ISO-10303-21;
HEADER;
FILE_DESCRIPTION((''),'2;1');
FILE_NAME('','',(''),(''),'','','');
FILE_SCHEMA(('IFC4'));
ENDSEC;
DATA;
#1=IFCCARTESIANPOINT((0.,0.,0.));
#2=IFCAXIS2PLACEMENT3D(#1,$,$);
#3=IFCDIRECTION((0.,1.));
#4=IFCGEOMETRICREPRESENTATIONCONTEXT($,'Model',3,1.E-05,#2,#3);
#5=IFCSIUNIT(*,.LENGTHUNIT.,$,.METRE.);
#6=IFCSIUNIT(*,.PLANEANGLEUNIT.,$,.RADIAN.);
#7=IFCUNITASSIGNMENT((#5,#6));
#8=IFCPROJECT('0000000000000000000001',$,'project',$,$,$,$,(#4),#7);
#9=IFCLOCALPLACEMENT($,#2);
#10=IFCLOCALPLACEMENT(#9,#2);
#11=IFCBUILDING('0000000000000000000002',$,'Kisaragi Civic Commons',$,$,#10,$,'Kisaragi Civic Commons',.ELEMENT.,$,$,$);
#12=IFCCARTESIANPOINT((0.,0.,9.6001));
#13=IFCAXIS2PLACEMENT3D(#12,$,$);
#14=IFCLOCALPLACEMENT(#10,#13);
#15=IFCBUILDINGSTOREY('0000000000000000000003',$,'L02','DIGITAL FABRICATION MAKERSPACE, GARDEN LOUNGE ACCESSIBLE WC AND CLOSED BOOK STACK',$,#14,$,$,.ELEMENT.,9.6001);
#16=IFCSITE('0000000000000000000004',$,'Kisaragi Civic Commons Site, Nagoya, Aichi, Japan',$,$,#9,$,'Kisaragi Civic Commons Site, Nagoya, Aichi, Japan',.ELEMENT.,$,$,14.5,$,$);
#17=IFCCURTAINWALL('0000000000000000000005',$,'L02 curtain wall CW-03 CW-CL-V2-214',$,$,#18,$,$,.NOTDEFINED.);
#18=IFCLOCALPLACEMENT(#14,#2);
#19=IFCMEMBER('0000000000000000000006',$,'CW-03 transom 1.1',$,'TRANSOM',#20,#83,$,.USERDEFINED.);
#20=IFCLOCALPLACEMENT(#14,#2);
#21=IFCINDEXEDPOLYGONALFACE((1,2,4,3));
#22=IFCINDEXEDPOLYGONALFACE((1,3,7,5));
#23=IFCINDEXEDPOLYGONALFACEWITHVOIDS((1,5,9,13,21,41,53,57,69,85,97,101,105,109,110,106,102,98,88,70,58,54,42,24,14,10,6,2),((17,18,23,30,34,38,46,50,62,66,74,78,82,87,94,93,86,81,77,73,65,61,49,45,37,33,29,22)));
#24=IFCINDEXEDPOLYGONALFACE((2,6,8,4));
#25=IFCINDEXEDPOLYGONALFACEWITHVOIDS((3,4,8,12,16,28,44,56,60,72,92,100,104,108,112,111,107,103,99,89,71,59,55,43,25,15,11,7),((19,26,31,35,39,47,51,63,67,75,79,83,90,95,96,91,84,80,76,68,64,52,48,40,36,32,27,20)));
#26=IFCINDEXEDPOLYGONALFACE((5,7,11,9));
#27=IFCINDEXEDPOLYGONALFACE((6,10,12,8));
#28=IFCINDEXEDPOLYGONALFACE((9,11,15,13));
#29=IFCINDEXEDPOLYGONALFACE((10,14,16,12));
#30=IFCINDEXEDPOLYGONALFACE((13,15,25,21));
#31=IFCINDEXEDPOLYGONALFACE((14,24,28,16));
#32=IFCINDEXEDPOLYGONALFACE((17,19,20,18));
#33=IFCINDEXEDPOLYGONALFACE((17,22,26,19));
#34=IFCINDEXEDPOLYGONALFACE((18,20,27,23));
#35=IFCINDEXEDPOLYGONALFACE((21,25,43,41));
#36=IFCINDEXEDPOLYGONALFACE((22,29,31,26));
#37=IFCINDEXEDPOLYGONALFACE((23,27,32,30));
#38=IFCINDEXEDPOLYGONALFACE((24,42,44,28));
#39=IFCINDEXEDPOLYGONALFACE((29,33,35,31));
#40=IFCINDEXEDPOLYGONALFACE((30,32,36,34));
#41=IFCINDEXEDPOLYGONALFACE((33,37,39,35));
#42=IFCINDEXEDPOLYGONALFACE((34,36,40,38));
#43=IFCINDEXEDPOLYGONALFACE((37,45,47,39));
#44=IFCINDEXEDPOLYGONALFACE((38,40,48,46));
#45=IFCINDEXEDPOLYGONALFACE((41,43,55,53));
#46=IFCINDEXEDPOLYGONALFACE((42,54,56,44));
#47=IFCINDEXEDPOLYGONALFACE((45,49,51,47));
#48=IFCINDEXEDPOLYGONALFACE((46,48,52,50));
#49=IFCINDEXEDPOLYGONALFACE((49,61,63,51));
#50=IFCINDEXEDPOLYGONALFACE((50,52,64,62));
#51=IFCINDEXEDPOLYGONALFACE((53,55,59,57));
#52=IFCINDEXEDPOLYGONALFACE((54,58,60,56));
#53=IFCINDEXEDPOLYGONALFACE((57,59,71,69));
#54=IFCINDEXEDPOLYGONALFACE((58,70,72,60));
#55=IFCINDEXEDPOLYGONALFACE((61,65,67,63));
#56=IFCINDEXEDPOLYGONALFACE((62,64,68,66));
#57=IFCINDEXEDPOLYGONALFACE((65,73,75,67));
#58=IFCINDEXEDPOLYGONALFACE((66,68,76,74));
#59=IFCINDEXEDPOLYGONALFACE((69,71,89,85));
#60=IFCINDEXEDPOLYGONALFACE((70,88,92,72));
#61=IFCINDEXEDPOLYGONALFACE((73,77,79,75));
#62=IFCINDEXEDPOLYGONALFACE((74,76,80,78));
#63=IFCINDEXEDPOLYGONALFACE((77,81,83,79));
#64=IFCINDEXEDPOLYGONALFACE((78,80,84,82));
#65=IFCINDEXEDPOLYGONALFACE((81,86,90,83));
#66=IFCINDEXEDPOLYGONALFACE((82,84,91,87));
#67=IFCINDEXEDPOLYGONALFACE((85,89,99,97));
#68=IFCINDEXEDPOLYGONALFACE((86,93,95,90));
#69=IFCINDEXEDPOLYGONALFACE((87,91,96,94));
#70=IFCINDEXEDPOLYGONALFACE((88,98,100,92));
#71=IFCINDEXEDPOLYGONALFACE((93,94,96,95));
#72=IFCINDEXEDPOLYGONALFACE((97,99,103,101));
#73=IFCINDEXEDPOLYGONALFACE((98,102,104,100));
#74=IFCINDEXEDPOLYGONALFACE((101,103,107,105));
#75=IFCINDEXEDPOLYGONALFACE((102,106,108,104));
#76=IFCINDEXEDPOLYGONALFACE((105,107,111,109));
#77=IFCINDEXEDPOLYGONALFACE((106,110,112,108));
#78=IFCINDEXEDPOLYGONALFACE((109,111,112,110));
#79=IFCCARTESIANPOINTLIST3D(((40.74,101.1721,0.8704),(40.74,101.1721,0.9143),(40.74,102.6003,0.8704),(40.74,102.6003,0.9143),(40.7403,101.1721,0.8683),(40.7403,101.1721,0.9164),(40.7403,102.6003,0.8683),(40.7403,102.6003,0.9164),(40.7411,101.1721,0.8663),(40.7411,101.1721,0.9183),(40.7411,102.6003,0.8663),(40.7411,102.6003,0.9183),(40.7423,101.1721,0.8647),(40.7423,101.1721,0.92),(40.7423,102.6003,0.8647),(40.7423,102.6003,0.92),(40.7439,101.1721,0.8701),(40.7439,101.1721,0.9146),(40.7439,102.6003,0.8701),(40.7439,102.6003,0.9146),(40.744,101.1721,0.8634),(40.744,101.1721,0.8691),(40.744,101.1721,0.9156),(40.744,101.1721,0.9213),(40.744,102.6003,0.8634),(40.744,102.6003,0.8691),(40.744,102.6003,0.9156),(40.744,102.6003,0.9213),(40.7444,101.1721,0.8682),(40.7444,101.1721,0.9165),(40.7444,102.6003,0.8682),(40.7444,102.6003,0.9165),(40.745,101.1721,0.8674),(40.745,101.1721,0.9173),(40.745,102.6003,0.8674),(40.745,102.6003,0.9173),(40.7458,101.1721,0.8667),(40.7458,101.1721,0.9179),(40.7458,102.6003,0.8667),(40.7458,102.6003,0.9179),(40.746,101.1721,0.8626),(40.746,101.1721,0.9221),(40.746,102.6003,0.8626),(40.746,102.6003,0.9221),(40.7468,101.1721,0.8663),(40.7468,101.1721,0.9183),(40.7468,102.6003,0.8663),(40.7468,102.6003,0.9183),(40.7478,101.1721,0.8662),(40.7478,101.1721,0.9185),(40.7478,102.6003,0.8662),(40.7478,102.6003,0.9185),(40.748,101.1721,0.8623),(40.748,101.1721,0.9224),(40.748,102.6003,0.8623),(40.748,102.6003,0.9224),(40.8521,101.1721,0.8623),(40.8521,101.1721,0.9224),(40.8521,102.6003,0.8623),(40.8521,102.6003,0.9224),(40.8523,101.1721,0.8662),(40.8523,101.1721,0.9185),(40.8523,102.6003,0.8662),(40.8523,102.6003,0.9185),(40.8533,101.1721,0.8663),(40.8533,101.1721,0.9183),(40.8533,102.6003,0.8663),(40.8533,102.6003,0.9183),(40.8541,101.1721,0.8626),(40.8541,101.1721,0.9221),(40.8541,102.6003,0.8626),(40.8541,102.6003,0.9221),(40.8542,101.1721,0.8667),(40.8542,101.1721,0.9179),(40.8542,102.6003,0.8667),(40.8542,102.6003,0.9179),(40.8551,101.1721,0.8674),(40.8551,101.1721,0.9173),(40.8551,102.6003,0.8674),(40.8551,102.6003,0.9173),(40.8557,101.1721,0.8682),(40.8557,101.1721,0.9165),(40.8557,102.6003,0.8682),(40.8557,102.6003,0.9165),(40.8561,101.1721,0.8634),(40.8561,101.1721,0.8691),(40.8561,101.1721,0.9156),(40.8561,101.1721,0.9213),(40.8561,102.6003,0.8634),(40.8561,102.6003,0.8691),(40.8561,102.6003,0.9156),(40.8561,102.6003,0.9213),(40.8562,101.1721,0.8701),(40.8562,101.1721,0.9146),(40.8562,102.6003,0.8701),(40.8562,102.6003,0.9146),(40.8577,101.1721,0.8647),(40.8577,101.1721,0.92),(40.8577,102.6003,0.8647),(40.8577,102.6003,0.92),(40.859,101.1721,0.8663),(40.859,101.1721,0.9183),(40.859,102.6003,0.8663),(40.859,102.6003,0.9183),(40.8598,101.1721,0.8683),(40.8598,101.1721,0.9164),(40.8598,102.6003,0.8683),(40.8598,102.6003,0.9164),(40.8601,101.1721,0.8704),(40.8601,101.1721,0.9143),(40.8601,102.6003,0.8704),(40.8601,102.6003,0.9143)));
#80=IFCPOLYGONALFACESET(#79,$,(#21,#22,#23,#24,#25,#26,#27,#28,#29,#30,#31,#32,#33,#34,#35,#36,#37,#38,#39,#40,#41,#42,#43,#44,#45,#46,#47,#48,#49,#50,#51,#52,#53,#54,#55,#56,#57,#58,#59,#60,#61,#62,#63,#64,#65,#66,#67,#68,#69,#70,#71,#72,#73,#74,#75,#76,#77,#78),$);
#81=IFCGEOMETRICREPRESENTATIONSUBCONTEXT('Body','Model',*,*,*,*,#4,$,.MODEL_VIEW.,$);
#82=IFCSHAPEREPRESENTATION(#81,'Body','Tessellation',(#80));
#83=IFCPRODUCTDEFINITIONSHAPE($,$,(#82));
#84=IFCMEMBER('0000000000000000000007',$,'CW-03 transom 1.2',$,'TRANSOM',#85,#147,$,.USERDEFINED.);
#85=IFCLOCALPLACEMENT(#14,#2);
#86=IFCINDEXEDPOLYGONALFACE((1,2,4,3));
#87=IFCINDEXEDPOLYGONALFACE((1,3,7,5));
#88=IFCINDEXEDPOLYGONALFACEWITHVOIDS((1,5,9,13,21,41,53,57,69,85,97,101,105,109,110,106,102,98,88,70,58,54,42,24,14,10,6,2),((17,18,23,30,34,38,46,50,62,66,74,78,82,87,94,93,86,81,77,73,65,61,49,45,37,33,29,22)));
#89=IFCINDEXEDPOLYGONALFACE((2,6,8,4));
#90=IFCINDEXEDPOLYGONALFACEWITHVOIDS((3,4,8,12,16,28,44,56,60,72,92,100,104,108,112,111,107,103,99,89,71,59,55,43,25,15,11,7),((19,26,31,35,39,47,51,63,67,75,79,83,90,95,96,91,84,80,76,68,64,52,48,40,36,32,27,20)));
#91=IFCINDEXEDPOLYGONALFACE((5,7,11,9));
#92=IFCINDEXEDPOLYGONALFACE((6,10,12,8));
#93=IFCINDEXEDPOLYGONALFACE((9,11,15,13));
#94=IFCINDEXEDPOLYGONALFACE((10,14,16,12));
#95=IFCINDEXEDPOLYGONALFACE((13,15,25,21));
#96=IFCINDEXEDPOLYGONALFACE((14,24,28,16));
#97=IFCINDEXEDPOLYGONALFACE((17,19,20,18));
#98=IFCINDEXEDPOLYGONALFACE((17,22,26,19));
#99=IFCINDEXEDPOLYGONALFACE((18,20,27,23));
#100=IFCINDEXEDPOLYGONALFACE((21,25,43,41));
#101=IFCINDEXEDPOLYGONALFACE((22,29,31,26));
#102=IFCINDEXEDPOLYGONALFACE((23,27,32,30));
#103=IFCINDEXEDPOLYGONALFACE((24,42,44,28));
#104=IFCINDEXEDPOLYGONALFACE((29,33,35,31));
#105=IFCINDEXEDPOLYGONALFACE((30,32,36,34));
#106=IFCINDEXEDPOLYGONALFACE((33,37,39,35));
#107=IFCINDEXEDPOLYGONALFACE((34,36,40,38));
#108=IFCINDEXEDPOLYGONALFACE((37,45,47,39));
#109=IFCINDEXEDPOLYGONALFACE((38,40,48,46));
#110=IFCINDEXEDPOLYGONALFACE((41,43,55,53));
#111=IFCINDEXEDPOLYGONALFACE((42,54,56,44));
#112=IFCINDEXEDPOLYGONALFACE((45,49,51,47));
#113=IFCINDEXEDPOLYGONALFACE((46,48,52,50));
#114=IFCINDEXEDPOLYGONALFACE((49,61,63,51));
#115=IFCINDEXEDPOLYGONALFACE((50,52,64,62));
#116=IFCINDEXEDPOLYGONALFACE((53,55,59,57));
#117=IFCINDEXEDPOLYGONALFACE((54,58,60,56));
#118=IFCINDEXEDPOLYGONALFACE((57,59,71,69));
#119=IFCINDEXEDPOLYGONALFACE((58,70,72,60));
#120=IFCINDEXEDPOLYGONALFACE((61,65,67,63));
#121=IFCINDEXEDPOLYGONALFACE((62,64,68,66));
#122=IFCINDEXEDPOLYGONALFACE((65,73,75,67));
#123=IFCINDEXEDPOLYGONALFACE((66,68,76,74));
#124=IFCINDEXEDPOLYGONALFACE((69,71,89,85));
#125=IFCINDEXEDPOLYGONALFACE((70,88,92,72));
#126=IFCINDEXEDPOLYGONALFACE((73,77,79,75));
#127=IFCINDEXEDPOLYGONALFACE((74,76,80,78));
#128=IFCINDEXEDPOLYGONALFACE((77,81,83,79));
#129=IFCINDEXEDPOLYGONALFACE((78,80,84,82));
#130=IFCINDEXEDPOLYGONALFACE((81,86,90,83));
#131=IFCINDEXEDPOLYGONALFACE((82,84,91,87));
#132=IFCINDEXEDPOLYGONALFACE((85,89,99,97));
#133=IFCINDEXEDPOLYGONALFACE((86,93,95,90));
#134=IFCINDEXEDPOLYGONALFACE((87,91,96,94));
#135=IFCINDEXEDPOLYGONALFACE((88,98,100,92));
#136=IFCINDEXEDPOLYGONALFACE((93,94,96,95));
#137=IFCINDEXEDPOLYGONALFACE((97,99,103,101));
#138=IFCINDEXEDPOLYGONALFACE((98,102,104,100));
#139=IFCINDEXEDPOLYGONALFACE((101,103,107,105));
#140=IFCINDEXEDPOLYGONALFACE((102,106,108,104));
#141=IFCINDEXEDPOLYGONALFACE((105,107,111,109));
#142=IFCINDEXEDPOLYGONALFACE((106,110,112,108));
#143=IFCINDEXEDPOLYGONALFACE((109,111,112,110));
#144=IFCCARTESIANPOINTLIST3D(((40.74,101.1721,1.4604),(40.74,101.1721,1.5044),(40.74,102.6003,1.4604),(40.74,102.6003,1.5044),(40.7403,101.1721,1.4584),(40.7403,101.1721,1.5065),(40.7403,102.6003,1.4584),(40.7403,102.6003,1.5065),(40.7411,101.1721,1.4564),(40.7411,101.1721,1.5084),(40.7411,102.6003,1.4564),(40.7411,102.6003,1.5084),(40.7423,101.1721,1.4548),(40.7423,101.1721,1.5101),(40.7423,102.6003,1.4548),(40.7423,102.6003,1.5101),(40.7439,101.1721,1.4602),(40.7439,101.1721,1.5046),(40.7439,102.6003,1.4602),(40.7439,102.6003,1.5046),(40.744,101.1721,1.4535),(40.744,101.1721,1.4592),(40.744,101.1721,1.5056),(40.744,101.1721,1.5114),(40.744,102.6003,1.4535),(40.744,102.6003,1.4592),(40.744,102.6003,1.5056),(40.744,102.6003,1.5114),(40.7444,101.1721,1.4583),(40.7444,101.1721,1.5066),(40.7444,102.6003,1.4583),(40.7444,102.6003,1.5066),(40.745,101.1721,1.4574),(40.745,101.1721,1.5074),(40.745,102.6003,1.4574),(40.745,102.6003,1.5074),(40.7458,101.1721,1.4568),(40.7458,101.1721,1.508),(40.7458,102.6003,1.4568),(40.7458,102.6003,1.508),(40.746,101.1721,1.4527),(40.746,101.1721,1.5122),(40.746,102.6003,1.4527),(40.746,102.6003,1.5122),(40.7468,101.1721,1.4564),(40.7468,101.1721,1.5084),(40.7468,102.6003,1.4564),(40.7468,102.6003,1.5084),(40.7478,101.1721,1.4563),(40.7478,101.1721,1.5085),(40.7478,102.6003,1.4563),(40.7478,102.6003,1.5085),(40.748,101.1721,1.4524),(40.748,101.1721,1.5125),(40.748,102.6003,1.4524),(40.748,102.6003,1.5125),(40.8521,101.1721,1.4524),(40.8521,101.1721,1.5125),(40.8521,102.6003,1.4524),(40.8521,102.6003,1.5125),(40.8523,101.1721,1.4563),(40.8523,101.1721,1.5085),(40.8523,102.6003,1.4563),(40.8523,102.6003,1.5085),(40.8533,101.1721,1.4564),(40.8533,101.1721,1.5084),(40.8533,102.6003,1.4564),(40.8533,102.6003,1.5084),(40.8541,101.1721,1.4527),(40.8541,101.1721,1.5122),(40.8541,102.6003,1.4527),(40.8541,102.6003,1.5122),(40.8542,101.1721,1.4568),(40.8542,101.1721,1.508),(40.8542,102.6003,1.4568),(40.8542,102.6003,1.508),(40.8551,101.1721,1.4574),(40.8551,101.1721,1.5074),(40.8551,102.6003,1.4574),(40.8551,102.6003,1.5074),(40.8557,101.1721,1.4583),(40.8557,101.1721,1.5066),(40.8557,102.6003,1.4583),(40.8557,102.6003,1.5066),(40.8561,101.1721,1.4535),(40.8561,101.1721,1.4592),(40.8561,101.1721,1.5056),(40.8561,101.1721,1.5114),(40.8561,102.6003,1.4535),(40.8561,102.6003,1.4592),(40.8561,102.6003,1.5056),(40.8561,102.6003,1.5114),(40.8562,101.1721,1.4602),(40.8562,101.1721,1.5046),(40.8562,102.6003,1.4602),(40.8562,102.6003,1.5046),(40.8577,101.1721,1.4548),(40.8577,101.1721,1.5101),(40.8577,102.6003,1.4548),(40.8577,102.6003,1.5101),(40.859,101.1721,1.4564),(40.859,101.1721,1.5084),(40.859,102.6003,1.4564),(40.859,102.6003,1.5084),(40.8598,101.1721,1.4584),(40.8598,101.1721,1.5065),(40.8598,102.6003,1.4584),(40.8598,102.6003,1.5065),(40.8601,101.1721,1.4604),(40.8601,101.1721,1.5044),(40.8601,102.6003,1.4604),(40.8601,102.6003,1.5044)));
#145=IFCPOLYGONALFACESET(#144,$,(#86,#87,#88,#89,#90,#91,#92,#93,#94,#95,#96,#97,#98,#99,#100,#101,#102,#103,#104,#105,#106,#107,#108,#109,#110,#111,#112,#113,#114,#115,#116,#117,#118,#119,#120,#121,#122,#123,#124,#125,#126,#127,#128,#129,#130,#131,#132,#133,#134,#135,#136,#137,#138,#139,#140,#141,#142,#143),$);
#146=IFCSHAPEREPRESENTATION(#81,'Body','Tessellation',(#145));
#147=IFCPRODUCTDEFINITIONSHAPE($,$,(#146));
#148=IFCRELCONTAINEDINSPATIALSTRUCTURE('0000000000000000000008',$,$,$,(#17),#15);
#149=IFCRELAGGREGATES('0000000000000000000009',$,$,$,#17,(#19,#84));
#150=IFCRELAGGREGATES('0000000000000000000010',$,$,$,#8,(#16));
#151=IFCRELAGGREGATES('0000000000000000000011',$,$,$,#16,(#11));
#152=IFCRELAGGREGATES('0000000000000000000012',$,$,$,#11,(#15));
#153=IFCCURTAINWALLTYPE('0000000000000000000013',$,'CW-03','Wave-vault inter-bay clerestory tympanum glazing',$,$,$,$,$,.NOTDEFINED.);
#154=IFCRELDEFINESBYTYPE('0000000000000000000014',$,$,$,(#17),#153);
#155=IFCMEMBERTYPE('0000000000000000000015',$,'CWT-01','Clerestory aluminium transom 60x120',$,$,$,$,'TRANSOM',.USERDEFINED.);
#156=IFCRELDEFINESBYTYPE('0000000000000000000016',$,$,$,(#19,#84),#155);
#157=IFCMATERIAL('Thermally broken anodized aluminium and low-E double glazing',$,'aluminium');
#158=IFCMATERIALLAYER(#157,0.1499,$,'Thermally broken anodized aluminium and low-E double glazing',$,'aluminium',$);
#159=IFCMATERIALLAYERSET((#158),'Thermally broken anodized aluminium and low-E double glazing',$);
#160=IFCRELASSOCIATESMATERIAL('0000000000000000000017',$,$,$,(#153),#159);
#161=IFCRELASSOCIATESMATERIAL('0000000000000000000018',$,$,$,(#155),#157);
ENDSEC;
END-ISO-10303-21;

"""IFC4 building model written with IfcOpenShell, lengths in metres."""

from ifc_helpers import new_model, si_unit, direction, frame, origin, origin_2d, place, context, subcontext, project, spatial, hollow_rectangle, extrude, material, layer, layer_set, material_profile, profile_set, type_object, element, aggregate, save


model = new_model("IFC4")

# Units and contexts
model_context = context("Model", 3, precision=1e-05, world=origin(), true_north=direction((0.0, 1.0)))
body_context = subcontext(model_context, "Body", "Model", "MODEL_VIEW")
ifc_project = project(units=[si_unit("LENGTHUNIT", "METRE"), si_unit("PLANEANGLEUNIT", "RADIAN")], contexts=[model_context])

# Site, building, storey
site_placement = place(None, origin())
site = spatial("IfcSite", under=ifc_project, at=site_placement, Name="Kisaragi Civic Commons Site, Nagoya, Aichi, Japan", LongName="Kisaragi Civic Commons Site, Nagoya, Aichi, Japan", CompositionType="ELEMENT", RefElevation=14.5)
building_placement = place(site_placement, origin())
building = spatial("IfcBuilding", under=site, at=building_placement, Name="Kisaragi Civic Commons", LongName="Kisaragi Civic Commons", CompositionType="ELEMENT")
storey_placement = place(building_placement, frame((0.0, 0.0, 9.6001)))
storey = spatial("IfcBuildingStorey", under=building, at=storey_placement, Name="L02", Description="DIGITAL FABRICATION MAKERSPACE, GARDEN LOUNGE ACCESSIBLE WC AND CLOSED BOOK STACK", CompositionType="ELEMENT", Elevation=9.6001)

# Curtain wall, members
ifc_material_1 = material(Name="Thermally broken anodized aluminium and low-E double glazing", Category="aluminium")
ifc_layer_1 = layer(ifc_material_1, 0.1499, Name="Thermally broken anodized aluminium and low-E double glazing", Category="aluminium")
ifc_layer_set_1 = layer_set([ifc_layer_1], Name="Thermally broken anodized aluminium and low-E double glazing")
curtain_wall_type = type_object("IfcCurtainWallType", Name="CW-03", Description="Wave-vault inter-bay clerestory tympanum glazing", PredefinedType="NOTDEFINED", material=ifc_layer_set_1)
curtain_wall_placement = place(storey_placement, origin())
curtain_wall = element("IfcCurtainWall", 1, at=curtain_wall_placement, inside=storey, type_object=curtain_wall_type, Name="L02 curtain wall CW-03 CW-CL-V2-214", PredefinedType="NOTDEFINED")
ifc_material_profile_1 = material_profile(ifc_material_1, hollow_rectangle(XDim=0.1201, YDim=0.0601, WallThickness=0.0039, InnerFilletRadius=0.0039, OuterFilletRadius=0.0081, at=origin_2d()), Name="CWT-60x120x4", Category="aluminium")
ifc_profile_set_1 = profile_set([ifc_material_profile_1], Name="Thermally broken anodized aluminium and low-E double glazing")
member_type_1 = type_object("IfcMemberType", Name="CWT-01", Description="Clerestory aluminium transom 60x120", ElementType="TRANSOM", PredefinedType="USERDEFINED", material=ifc_profile_set_1)
member_1_placement = place(storey_placement, frame((40.8, 101.1721, 0.8923), z_axis=(0.0, 1.0, 0.0), x_axis=(-1.0, 0.0, 0.0)))
member_1 = element("IfcMember", 2, at=member_1_placement, type_object=member_type_1, Name="CW-03 transom 1.1", ObjectType="TRANSOM", PredefinedType="USERDEFINED", context=body_context, shape_type="SweptSolid", body=[
    extrude(hollow_rectangle(XDim=0.1201, YDim=0.0601, WallThickness=0.0039, InnerFilletRadius=0.0039, OuterFilletRadius=0.0081, at=origin_2d()), origin(), (0.0, 0.0, 1.0), 1.4282),
])
member_2_placement = place(storey_placement, frame((40.8, 101.1721, 1.4824), z_axis=(0.0, 1.0, 0.0), x_axis=(-1.0, 0.0, 0.0)))
member_2 = element("IfcMember", 3, at=member_2_placement, type_object=member_type_1, Name="CW-03 transom 1.2", ObjectType="TRANSOM", PredefinedType="USERDEFINED", context=body_context, shape_type="SweptSolid", body=[
    extrude(hollow_rectangle(XDim=0.1201, YDim=0.0601, WallThickness=0.0039, InnerFilletRadius=0.0039, OuterFilletRadius=0.0081, at=origin_2d()), origin(), (0.0, 0.0, 1.0), 1.4282),
])

aggregate(curtain_wall, [member_1, member_2])

save(model, "model.ifc")
